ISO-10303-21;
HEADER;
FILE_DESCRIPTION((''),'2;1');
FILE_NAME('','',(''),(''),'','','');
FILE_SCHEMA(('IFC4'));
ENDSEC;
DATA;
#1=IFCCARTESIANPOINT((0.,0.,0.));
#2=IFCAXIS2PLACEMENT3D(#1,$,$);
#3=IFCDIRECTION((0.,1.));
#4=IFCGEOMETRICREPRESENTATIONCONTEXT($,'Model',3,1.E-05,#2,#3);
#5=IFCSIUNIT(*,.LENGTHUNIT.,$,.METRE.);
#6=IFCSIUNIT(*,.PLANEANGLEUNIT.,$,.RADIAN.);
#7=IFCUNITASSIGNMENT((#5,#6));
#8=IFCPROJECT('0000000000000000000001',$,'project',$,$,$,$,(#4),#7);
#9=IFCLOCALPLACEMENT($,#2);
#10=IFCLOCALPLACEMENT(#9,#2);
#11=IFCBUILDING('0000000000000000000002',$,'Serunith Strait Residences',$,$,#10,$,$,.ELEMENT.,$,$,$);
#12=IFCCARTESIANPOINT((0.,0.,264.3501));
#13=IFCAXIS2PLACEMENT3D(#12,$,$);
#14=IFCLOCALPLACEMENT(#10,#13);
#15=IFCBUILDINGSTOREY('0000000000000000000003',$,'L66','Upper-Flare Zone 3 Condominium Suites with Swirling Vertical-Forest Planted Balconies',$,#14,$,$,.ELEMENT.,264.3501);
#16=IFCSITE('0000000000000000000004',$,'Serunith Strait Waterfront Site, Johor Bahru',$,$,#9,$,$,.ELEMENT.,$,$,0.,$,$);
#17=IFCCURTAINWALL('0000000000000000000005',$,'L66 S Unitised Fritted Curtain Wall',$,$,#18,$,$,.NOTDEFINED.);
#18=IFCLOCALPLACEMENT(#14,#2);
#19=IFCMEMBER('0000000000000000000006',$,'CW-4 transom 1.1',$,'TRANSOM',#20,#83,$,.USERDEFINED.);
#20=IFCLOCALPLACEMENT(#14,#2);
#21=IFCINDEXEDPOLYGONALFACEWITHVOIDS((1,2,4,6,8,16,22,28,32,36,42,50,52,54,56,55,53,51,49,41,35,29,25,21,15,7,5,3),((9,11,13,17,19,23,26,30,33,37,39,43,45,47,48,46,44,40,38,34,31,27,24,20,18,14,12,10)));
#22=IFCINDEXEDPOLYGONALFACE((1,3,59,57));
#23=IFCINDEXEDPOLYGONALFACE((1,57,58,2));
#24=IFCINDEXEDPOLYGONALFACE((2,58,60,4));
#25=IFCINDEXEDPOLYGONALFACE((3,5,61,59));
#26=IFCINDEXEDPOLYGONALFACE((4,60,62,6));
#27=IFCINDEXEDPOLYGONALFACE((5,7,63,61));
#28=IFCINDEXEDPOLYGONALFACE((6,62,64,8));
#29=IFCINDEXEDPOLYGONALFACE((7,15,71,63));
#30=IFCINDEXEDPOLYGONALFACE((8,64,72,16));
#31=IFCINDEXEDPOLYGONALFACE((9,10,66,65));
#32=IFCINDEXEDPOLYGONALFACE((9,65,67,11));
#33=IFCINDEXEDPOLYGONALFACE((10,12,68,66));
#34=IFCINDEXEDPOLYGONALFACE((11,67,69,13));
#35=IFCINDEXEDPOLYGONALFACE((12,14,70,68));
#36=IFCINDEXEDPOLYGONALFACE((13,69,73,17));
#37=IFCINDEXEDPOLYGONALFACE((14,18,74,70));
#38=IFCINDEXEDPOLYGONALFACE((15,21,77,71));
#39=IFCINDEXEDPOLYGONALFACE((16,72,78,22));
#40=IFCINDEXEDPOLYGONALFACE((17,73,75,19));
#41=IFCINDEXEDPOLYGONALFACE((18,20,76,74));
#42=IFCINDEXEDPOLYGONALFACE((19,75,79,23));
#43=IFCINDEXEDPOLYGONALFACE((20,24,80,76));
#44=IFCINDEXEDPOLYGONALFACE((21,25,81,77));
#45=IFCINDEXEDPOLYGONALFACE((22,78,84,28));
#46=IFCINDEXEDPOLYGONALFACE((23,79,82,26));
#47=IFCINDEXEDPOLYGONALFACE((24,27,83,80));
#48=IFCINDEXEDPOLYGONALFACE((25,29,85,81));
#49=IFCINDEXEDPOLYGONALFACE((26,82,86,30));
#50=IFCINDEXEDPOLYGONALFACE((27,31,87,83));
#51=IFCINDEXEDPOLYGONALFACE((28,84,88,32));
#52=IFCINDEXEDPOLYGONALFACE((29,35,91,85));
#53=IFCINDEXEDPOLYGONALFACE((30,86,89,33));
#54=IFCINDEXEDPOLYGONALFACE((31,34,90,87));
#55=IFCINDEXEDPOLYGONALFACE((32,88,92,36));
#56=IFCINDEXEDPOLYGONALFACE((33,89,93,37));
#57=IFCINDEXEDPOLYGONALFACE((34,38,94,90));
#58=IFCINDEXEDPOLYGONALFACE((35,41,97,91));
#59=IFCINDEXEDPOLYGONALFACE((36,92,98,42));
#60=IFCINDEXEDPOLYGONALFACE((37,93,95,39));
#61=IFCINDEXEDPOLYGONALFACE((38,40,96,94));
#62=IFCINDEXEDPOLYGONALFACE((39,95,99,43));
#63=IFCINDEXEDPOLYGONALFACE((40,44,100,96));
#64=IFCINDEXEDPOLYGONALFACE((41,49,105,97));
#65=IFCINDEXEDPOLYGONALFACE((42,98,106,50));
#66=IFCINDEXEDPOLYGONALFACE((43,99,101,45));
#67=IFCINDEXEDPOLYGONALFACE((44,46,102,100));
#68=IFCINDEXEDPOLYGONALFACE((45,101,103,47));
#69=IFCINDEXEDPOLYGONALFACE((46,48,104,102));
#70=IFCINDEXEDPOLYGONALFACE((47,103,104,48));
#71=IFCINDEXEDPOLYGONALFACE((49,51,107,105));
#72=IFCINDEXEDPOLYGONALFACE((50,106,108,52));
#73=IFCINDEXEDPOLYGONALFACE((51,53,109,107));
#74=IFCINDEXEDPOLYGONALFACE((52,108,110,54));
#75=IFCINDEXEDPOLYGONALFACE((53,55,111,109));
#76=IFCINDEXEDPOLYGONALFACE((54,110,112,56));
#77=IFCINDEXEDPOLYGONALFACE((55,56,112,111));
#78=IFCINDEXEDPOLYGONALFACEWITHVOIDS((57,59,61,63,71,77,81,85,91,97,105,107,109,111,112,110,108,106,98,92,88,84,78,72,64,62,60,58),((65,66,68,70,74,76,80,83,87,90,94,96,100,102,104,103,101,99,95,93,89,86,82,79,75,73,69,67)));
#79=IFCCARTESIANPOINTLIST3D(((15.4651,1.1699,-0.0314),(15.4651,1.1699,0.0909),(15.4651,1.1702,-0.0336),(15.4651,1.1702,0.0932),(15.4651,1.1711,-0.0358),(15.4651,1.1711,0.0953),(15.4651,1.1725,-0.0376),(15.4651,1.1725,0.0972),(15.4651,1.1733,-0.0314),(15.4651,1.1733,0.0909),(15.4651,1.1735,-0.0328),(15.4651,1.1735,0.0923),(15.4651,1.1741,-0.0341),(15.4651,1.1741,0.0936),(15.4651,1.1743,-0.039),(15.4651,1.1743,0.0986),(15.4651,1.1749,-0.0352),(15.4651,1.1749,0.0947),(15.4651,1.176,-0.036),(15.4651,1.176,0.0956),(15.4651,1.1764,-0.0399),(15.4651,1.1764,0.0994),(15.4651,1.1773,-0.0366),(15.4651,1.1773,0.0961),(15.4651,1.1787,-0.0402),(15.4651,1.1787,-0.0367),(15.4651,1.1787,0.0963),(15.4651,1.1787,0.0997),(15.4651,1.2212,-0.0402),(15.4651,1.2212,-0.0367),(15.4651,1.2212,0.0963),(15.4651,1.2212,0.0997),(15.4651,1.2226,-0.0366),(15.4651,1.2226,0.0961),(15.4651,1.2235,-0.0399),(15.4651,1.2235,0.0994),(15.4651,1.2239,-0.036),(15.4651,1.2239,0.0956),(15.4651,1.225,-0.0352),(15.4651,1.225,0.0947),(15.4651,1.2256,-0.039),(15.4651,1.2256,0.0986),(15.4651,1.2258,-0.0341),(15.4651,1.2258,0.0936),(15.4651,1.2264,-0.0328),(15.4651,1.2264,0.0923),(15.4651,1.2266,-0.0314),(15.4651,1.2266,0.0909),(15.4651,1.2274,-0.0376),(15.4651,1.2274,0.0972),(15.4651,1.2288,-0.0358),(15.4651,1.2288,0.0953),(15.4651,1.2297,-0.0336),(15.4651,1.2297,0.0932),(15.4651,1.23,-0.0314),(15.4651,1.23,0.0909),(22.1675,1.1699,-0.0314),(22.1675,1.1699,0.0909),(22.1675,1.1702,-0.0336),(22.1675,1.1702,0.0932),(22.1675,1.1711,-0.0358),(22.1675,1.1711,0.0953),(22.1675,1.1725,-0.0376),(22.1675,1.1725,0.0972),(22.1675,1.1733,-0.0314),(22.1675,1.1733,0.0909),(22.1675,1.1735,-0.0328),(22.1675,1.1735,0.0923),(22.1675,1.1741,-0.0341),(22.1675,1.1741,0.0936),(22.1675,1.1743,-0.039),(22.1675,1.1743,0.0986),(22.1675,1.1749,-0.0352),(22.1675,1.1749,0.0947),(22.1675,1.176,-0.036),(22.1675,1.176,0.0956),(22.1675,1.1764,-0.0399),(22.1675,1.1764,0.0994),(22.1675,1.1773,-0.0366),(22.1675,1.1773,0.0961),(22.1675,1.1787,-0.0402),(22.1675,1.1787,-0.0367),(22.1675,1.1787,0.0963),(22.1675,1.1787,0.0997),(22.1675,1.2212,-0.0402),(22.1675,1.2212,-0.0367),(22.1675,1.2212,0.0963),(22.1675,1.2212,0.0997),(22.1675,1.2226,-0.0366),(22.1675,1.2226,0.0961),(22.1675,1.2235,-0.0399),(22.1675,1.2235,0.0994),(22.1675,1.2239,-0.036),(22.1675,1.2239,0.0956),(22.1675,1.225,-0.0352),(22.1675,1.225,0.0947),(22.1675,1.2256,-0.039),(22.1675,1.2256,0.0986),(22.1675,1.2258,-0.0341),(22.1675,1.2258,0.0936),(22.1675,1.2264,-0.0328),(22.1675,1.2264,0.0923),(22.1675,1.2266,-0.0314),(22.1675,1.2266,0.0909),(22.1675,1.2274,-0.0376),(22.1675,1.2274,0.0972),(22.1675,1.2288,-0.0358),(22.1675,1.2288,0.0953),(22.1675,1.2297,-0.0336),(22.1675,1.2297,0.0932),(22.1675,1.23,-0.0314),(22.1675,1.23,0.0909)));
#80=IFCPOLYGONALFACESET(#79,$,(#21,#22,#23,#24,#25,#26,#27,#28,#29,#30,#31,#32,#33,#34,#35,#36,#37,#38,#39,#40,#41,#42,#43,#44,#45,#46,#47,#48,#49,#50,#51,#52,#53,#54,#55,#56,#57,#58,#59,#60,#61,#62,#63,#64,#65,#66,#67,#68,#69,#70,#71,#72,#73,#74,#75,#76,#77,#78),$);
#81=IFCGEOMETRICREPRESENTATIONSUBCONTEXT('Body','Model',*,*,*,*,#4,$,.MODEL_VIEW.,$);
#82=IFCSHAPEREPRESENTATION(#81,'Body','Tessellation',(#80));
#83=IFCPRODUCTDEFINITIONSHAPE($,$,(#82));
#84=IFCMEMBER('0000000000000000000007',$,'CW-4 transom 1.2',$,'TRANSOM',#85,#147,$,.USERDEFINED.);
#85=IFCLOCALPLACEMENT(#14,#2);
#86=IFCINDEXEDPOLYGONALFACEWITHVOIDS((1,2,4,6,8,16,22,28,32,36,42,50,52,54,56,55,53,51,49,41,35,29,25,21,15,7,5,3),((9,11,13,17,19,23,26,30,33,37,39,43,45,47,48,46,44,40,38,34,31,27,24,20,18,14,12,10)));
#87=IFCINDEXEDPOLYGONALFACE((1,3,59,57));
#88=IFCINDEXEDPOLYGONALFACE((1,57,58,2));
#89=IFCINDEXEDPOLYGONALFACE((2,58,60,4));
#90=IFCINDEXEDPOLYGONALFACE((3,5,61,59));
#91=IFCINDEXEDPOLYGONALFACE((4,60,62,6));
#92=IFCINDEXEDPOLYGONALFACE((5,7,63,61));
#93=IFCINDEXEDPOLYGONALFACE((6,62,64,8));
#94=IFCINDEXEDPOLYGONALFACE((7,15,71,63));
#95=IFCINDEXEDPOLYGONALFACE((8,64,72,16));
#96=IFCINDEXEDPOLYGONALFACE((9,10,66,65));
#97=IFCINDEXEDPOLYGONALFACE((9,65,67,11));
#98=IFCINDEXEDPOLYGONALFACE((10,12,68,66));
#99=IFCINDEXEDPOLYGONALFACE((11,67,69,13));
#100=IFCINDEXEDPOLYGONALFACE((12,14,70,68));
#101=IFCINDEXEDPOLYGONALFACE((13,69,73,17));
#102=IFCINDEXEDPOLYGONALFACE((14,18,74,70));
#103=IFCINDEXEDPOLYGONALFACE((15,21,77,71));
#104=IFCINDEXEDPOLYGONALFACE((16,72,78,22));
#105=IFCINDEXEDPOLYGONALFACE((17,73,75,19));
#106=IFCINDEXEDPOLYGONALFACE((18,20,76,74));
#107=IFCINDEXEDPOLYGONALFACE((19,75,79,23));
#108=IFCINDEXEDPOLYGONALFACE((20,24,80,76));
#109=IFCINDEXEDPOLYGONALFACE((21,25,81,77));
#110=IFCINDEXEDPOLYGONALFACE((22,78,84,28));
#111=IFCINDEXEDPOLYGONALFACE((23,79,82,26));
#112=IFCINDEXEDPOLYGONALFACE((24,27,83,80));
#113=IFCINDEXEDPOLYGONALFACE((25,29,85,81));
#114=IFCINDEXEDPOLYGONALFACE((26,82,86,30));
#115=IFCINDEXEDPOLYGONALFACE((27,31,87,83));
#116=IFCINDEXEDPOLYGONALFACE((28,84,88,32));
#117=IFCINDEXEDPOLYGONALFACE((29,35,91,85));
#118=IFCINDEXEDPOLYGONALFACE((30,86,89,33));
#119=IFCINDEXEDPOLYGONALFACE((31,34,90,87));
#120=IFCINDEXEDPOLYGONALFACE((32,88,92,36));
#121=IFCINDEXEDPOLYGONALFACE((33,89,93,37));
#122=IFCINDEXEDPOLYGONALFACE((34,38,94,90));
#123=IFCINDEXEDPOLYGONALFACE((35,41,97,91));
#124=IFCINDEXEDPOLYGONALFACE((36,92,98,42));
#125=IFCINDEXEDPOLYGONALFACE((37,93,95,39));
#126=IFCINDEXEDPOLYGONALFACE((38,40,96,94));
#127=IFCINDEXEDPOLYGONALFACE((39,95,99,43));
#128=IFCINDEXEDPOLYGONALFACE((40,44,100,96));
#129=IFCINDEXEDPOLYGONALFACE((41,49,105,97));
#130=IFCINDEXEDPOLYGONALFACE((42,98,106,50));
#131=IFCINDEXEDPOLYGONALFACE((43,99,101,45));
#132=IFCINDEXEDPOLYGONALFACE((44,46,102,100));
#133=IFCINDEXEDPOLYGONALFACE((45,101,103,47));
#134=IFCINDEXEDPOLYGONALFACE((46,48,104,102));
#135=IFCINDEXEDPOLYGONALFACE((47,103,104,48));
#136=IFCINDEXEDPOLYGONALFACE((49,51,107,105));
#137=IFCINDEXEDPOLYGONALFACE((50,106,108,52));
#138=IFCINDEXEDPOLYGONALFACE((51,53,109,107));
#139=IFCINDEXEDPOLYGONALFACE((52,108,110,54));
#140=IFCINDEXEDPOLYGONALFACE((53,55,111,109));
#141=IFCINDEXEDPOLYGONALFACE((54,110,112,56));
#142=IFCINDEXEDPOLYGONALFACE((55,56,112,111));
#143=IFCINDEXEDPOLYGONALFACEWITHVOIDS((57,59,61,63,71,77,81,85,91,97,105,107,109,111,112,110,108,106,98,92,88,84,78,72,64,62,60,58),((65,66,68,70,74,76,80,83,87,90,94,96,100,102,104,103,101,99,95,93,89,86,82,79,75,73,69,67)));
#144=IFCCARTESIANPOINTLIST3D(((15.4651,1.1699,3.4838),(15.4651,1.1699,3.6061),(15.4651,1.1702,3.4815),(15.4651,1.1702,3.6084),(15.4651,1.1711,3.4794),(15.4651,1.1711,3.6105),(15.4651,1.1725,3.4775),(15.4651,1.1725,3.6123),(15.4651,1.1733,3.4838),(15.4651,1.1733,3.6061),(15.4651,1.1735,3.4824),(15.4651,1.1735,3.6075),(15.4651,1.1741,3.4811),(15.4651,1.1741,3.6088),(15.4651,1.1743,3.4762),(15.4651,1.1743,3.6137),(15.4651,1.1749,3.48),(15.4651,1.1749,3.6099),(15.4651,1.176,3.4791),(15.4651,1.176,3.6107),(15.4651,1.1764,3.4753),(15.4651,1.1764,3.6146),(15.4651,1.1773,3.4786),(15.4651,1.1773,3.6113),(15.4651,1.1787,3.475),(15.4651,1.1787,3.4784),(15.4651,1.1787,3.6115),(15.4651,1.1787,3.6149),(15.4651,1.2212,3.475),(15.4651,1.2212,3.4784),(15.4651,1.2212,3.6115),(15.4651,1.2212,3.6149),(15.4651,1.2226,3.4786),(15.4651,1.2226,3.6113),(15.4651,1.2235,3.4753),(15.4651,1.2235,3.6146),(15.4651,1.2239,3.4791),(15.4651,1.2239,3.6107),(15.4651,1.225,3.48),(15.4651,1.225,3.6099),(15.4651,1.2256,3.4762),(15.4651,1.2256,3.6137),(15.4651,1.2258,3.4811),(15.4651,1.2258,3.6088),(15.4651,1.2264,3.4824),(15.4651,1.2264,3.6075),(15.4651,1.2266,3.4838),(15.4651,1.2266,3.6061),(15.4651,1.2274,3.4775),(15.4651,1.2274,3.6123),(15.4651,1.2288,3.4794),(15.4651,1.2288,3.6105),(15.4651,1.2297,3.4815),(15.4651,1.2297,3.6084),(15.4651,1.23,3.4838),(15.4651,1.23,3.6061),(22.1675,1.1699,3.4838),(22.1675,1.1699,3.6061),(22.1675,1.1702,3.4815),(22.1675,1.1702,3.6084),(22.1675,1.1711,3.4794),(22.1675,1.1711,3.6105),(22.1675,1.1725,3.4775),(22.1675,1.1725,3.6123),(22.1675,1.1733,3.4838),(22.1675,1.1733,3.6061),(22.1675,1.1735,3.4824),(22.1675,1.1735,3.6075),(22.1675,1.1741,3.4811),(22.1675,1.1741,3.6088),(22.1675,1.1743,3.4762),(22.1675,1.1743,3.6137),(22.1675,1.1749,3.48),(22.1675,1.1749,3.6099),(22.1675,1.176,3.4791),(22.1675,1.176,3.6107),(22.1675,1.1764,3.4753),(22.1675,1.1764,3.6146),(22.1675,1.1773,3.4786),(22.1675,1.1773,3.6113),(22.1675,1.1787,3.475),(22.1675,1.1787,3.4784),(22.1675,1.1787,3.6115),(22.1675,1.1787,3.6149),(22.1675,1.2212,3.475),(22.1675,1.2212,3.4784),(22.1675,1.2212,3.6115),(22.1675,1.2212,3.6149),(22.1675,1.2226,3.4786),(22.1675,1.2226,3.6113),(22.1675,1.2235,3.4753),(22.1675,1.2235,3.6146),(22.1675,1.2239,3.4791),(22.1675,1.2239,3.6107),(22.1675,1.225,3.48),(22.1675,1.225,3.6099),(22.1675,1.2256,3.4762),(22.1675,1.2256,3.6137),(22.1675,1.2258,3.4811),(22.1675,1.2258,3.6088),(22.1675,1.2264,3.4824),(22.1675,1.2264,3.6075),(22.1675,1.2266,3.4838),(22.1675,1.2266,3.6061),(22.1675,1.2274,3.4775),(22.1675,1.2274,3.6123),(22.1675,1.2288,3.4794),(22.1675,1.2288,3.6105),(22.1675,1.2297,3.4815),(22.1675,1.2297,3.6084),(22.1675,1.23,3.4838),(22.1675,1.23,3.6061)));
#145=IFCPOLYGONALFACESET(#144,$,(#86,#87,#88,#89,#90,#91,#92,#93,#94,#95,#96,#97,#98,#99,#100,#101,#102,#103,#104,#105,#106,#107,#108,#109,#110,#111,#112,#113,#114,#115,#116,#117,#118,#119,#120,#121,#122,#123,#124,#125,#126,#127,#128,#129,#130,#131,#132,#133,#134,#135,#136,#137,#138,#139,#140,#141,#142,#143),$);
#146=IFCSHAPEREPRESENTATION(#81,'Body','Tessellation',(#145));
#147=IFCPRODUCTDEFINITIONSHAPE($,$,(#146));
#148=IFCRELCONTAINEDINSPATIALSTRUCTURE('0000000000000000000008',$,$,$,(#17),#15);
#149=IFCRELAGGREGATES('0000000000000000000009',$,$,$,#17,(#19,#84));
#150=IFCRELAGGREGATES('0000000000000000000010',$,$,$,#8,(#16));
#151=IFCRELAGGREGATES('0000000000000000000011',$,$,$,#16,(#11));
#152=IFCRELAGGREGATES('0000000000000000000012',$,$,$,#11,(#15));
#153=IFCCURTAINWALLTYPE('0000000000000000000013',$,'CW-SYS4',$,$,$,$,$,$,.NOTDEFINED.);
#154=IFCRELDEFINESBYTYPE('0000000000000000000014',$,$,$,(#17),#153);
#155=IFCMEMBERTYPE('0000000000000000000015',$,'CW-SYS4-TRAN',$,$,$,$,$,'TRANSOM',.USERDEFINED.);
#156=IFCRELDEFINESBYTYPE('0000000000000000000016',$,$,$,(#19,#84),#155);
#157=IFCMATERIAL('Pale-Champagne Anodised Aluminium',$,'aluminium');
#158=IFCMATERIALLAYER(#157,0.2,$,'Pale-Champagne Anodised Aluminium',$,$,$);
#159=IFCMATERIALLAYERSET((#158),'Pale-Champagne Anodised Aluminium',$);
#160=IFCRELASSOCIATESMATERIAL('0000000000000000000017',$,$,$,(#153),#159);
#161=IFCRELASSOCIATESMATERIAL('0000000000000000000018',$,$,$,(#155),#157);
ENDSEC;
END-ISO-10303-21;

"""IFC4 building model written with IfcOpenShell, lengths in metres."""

from ifc_helpers import new_model, si_unit, direction, frame, origin, origin_2d, place, context, subcontext, project, spatial, hollow_rectangle, extrude, source, transform, mapped, material, layer, layer_set, material_profile, profile_set, type_object, element, aggregate, save


model = new_model("IFC4")

# Units and contexts
model_context = context("Model", 3, precision=1e-05, world=origin(), true_north=direction((0.0, 1.0)))
body_context = subcontext(model_context, "Body", "Model", "MODEL_VIEW")
ifc_project = project(units=[si_unit("LENGTHUNIT", "METRE"), si_unit("PLANEANGLEUNIT", "RADIAN")], contexts=[model_context])

# Site, building, storey
site_placement = place(None, origin())
site = spatial("IfcSite", under=ifc_project, at=site_placement, Name="Serunith Strait Waterfront Site, Johor Bahru", CompositionType="ELEMENT", RefElevation=0.0)
building_placement = place(site_placement, origin())
building = spatial("IfcBuilding", under=site, at=building_placement, Name="Serunith Strait Residences", CompositionType="ELEMENT")
storey_placement = place(building_placement, frame((0.0, 0.0, 264.3501)))
storey = spatial("IfcBuildingStorey", under=building, at=storey_placement, Name="L66", Description="Upper-Flare Zone 3 Condominium Suites with Swirling Vertical-Forest Planted Balconies", CompositionType="ELEMENT", Elevation=264.3501)

# Curtain wall
ifc_material_1 = material(Name="Pale-Champagne Anodised Aluminium", Category="aluminium")
ifc_layer_1 = layer(ifc_material_1, 0.2, Name="Pale-Champagne Anodised Aluminium")
ifc_layer_set_1 = layer_set([ifc_layer_1], Name="Pale-Champagne Anodised Aluminium")
curtain_wall_type = type_object("IfcCurtainWallType", Name="CW-SYS4", PredefinedType="NOTDEFINED", material=ifc_layer_set_1)
curtain_wall_1_placement = place(storey_placement, origin())
curtain_wall_1 = element("IfcCurtainWall", 1, at=curtain_wall_1_placement, inside=storey, type_object=curtain_wall_type, Name="L66 S Unitised Fritted Curtain Wall", PredefinedType="NOTDEFINED")

# Members
ifc_material_profile_1 = material_profile(ifc_material_1, hollow_rectangle(XDim=0.0601, YDim=0.1399, WallThickness=0.0034, InnerFilletRadius=0.0054, OuterFilletRadius=0.0088, at=origin_2d()), Name="ALU 140x60x3.5")
ifc_profile_set_1 = profile_set([ifc_material_profile_1], Name="Pale-Champagne Anodised Aluminium")
member_type_1 = type_object("IfcMemberType", Name="CW-SYS4-TRAN", ElementType="TRANSOM", PredefinedType="USERDEFINED", material=ifc_profile_set_1)
shared_shape_1 = source(origin(), body_context, "Body", "SweptSolid", [
    extrude(hollow_rectangle(XDim=0.0601, YDim=0.1399, WallThickness=0.0034, InnerFilletRadius=0.0054, OuterFilletRadius=0.0088, at=origin_2d()), origin(), (0.0, 0.0, 1.0), 6.7024),
])
member_1_placement = place(storey_placement, frame((15.4651, 1.2, 0.0298), z_axis=(1.0, 0.0, 0.0), x_axis=(0.0, 1.0, 0.0)))
member_1 = element("IfcMember", 2, at=member_1_placement, type_object=member_type_1, Name="CW-4 transom 1.1", ObjectType="TRANSOM", PredefinedType="USERDEFINED", context=body_context, shape_type="MappedRepresentation", body=[
    mapped(shared_shape_1, transform((0.0, 0.0, 0.0), scale=1.0)),
])
member_2_placement = place(storey_placement, frame((15.4651, 1.2, 3.5449), z_axis=(1.0, 0.0, 0.0), x_axis=(0.0, 1.0, 0.0)))
member_2 = element("IfcMember", 3, at=member_2_placement, type_object=member_type_1, Name="CW-4 transom 1.2", ObjectType="TRANSOM", PredefinedType="USERDEFINED", context=body_context, shape_type="MappedRepresentation", body=[
    mapped(shared_shape_1, transform((0.0, 0.0, 0.0), scale=1.0)),
])
aggregate(curtain_wall_1, [member_1, member_2])

save(model, "model.ifc")
